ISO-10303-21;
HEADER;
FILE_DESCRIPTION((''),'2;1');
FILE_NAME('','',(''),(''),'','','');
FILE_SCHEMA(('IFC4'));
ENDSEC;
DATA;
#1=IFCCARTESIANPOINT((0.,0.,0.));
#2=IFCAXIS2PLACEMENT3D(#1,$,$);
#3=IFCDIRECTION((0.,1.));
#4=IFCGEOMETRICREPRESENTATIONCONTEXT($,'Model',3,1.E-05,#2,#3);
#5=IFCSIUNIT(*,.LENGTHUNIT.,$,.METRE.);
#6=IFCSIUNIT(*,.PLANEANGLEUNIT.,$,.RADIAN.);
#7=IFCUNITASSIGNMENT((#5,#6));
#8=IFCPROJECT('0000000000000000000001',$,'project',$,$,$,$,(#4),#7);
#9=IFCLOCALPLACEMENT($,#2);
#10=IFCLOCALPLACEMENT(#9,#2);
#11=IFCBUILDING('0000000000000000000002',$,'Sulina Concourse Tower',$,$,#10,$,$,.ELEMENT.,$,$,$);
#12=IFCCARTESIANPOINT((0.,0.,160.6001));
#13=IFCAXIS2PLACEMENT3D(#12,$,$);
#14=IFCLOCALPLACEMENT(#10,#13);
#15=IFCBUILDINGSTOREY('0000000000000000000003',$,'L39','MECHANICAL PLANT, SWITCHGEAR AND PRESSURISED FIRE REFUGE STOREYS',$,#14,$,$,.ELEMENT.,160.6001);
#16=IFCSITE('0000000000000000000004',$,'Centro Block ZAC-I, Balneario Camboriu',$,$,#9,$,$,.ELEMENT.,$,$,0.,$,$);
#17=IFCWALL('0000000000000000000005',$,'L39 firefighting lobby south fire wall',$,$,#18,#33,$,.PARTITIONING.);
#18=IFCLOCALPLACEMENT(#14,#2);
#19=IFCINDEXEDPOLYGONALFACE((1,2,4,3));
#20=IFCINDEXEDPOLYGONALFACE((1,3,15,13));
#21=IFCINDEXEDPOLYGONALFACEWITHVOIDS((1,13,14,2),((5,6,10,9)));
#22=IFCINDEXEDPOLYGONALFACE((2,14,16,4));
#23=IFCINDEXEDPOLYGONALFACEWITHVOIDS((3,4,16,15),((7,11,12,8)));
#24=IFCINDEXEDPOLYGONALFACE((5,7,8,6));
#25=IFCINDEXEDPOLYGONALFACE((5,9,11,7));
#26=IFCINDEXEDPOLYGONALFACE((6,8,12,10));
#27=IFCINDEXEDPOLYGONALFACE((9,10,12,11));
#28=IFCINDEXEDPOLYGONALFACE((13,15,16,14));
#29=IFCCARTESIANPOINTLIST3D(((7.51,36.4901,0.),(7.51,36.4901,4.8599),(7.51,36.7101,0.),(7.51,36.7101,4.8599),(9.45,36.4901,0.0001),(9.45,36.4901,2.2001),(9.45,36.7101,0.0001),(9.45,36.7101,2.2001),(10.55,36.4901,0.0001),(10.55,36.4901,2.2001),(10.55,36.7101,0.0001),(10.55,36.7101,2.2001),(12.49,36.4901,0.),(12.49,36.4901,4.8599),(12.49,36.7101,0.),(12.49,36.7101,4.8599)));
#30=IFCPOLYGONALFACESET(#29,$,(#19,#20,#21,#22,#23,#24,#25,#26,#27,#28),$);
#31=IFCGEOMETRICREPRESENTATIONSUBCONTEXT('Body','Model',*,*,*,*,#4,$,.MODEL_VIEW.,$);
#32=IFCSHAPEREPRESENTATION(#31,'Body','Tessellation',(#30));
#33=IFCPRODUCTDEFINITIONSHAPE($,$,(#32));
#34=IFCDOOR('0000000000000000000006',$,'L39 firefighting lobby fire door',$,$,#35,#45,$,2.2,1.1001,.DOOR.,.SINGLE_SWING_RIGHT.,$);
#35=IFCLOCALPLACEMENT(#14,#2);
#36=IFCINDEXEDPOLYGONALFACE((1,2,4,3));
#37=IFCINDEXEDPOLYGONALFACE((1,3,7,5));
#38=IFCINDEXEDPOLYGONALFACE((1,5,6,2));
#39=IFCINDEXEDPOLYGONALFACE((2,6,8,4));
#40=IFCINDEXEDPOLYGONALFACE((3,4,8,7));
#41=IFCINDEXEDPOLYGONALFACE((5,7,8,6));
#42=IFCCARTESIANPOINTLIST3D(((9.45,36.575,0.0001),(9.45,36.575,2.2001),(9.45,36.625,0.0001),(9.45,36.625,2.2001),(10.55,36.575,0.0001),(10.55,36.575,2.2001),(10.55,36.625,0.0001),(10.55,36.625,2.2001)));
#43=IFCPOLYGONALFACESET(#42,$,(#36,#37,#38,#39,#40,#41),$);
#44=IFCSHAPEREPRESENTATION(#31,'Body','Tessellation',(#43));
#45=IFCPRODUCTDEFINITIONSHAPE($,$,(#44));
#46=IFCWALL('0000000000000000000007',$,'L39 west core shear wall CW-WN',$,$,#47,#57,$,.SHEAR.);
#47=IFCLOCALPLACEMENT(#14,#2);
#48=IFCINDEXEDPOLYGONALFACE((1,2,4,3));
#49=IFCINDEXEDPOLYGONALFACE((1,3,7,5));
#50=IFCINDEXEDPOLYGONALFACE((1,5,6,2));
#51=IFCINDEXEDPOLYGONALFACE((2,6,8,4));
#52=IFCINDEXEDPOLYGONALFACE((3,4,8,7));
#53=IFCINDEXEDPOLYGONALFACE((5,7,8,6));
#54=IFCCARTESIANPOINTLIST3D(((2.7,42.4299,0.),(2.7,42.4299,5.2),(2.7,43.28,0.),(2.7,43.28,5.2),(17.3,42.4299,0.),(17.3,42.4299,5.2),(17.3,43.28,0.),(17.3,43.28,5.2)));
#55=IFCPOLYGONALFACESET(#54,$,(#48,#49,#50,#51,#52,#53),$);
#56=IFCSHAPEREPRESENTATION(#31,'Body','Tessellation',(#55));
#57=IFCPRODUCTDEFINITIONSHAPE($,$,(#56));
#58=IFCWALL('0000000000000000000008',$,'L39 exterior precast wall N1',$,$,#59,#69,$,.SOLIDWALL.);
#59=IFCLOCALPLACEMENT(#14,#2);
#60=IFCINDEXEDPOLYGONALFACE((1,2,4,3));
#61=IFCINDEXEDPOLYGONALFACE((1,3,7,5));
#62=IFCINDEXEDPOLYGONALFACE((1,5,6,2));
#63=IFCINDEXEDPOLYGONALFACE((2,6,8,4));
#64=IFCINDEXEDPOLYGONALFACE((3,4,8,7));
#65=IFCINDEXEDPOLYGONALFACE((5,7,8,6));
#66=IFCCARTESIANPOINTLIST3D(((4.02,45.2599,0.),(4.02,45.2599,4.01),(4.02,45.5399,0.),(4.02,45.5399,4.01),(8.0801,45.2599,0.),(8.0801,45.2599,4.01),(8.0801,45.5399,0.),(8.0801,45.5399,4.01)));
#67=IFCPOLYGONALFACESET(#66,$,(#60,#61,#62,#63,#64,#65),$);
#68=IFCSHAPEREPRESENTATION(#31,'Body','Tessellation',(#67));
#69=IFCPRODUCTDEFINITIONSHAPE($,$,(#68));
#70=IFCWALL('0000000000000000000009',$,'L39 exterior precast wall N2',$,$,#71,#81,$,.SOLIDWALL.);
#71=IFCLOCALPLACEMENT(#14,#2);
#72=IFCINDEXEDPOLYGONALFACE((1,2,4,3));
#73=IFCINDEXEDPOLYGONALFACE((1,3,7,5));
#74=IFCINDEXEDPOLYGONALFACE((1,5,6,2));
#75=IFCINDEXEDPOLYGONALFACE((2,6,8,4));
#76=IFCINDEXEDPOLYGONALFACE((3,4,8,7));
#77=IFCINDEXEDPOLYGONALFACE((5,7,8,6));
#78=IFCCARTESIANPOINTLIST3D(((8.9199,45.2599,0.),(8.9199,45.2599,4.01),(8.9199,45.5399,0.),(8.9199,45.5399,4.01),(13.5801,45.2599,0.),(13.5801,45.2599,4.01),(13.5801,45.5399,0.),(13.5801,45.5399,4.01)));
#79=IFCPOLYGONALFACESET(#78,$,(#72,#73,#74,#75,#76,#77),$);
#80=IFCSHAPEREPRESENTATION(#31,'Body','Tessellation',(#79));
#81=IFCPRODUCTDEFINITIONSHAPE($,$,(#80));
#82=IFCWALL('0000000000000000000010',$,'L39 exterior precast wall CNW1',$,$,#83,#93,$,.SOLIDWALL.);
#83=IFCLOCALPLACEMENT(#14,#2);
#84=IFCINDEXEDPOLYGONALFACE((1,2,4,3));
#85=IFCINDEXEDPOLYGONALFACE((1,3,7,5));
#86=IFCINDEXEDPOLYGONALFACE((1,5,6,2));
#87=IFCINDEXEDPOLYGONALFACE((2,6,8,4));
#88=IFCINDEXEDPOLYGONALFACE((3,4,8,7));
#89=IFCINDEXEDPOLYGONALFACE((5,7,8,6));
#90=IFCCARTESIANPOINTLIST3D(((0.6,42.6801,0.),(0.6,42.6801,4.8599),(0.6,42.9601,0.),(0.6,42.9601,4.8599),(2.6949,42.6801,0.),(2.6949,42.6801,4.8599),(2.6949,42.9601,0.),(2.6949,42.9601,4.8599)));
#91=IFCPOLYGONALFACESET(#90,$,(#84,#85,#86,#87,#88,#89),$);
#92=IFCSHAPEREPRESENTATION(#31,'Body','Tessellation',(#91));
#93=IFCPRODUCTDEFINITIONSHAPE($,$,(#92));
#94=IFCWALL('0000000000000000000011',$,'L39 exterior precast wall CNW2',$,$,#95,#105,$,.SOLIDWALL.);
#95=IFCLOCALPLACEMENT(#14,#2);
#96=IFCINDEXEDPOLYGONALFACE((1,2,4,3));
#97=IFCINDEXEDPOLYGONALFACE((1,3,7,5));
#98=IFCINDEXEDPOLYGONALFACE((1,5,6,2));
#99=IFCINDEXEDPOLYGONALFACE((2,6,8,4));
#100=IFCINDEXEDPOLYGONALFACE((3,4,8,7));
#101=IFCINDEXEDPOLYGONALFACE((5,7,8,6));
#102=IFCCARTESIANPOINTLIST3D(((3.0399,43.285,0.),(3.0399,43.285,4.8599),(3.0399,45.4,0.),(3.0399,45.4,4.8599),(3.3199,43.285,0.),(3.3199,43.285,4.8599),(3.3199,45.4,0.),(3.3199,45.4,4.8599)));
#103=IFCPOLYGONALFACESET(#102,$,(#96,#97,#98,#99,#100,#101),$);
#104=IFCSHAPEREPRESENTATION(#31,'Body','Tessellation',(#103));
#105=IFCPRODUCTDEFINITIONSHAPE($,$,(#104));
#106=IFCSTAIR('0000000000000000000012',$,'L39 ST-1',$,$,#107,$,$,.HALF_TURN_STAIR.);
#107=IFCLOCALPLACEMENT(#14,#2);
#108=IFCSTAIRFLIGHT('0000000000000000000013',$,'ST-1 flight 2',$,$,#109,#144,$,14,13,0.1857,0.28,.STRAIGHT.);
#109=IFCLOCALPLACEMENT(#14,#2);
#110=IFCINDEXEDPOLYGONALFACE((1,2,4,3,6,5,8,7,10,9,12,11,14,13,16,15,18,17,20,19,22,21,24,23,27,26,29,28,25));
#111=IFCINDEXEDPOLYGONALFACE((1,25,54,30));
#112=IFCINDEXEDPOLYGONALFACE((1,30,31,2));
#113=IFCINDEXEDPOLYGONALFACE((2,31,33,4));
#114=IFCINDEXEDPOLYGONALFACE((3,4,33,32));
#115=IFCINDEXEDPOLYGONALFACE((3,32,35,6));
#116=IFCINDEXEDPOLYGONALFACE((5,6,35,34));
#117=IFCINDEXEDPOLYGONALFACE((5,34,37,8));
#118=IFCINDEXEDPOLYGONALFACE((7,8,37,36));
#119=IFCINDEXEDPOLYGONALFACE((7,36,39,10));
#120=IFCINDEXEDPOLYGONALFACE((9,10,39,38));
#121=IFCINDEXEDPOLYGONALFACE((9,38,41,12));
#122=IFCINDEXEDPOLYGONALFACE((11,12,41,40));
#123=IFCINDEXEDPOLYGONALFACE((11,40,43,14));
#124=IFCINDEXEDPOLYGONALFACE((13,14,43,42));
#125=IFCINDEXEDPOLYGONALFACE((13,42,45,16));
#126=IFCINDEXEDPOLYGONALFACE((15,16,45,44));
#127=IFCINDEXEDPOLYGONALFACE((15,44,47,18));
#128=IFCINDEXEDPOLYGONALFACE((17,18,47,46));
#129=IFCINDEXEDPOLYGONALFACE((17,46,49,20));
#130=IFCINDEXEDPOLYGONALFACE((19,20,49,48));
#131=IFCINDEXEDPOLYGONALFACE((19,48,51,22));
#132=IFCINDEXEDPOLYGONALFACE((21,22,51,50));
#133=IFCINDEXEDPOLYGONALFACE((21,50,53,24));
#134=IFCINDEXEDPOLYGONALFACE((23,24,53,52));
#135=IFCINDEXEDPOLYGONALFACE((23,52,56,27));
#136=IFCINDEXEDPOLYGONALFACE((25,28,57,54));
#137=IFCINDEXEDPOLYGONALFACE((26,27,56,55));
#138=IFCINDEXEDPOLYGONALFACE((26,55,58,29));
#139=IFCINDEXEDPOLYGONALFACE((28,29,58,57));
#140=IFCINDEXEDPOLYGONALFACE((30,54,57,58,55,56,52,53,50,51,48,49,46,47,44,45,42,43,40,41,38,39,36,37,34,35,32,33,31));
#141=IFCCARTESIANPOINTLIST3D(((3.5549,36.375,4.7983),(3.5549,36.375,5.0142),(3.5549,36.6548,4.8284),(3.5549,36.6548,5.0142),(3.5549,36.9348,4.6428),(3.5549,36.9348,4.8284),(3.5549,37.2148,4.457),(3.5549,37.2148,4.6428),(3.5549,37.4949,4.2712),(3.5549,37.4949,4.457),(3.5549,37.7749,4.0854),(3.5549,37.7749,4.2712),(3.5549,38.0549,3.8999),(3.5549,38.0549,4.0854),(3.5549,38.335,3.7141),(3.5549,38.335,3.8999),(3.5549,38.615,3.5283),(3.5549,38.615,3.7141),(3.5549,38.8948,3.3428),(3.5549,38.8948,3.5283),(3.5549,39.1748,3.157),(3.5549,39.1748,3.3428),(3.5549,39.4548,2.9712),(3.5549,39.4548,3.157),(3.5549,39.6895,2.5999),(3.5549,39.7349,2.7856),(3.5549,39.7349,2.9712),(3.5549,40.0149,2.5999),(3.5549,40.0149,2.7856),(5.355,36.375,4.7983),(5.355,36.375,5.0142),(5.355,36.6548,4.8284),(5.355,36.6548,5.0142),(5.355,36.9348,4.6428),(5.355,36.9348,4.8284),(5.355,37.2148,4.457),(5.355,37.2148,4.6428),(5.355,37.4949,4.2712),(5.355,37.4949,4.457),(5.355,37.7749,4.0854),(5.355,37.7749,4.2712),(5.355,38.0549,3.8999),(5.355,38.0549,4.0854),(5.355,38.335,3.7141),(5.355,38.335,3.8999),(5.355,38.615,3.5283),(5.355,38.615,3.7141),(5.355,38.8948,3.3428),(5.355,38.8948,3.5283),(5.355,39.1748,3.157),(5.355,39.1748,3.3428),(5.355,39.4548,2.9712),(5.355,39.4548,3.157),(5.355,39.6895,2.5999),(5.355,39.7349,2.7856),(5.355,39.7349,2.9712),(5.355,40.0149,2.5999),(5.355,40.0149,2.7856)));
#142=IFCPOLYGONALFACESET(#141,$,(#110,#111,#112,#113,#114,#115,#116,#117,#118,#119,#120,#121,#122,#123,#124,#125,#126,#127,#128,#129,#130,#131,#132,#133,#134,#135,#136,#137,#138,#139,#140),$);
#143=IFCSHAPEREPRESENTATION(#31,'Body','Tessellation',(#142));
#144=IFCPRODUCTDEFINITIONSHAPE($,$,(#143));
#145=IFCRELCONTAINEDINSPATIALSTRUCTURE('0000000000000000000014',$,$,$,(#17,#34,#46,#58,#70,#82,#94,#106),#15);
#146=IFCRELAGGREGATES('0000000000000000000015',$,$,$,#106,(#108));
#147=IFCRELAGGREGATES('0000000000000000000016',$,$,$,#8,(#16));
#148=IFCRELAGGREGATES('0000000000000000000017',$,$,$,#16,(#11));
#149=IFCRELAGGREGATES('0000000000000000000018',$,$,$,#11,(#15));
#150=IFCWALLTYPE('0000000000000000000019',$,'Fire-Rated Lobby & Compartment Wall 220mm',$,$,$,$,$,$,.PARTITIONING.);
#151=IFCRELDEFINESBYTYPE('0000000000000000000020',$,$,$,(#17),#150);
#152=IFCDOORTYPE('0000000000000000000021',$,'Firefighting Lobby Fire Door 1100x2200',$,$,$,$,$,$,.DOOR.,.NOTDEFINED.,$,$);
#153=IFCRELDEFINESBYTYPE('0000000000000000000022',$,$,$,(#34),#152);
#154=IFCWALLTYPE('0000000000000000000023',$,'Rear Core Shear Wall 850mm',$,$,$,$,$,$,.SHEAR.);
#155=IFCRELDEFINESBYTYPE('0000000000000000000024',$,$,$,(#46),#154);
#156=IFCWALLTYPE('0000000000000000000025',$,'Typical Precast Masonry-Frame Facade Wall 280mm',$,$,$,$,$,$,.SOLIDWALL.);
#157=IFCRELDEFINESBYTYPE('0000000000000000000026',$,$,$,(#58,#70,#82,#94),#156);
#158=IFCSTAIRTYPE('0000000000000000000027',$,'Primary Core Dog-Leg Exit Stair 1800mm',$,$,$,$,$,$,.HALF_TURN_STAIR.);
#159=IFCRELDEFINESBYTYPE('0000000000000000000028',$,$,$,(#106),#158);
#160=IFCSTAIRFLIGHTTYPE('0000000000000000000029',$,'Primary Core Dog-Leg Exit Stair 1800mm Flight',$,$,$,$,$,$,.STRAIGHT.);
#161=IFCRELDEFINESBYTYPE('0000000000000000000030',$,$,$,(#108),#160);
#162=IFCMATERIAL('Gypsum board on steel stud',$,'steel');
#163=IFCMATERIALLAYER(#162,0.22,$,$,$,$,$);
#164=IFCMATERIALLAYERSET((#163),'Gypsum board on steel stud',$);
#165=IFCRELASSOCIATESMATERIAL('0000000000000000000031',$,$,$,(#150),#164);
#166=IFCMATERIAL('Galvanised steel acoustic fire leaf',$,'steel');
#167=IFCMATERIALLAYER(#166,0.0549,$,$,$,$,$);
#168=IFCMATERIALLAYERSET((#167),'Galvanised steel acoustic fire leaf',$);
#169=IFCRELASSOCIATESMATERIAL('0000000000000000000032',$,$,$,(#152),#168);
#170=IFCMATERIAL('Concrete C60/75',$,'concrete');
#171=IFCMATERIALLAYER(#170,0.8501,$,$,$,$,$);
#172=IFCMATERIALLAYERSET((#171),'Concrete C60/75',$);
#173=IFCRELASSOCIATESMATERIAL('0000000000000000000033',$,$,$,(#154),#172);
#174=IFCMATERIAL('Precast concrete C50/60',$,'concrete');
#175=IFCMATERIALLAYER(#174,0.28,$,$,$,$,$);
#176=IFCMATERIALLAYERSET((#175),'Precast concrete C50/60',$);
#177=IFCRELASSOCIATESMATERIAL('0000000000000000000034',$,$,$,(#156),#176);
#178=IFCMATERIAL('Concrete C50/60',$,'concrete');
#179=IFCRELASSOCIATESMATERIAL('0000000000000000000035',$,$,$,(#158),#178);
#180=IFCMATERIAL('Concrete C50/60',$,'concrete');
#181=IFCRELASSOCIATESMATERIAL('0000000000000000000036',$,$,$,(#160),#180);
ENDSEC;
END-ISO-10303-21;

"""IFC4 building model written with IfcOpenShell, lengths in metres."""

from ifc_helpers import new_model, si_unit, direction, frame, frame_2d, origin, place, context, subcontext, project, spatial, polyline, rectangle, outline, extrude, material, layer, layer_set, type_object, element, fill, aggregate, save


model = new_model("IFC4")

# Units and contexts
model_context = context("Model", 3, precision=1e-05, world=origin(), true_north=direction((0.0, 1.0)))
body_context = subcontext(model_context, "Body", "Model", "MODEL_VIEW")
ifc_project = project(units=[si_unit("LENGTHUNIT", "METRE"), si_unit("PLANEANGLEUNIT", "RADIAN")], contexts=[model_context])

# Site, building, storey
site_placement = place(None, origin())
site = spatial("IfcSite", under=ifc_project, at=site_placement, Name="Centro Block ZAC-I, Balneario Camboriu", CompositionType="ELEMENT", RefElevation=0.0)
building_placement = place(site_placement, origin())
building = spatial("IfcBuilding", under=site, at=building_placement, Name="Sulina Concourse Tower", CompositionType="ELEMENT")
storey_placement = place(building_placement, frame((0.0, 0.0, 160.6001)))
storey = spatial("IfcBuildingStorey", under=building, at=storey_placement, Name="L39", Description="MECHANICAL PLANT, SWITCHGEAR AND PRESSURISED FIRE REFUGE STOREYS", CompositionType="ELEMENT", Elevation=160.6001)

# Wall, opening, door
ifc_material_1 = material(Name="Gypsum board on steel stud", Category="steel")
ifc_layer_1 = layer(ifc_material_1, 0.22)
ifc_layer_set_1 = layer_set([ifc_layer_1], Name="Gypsum board on steel stud")
wall_type_1 = type_object("IfcWallType", Name="Fire-Rated Lobby & Compartment Wall 220mm", PredefinedType="PARTITIONING", material=ifc_layer_set_1)
wall_1_placement = place(storey_placement, frame((7.51, 36.6001, 0.0), z_axis=(0.0, 0.0, 1.0), x_axis=(1.0, 0.0, 0.0)))
wall_1 = element("IfcWall", 1, at=wall_1_placement, inside=storey, type_object=wall_type_1, Name="L39 firefighting lobby south fire wall", PredefinedType="PARTITIONING", context=body_context, shape_type="SweptSolid", body=[
    extrude(rectangle(XDim=4.98, YDim=0.22, at=frame_2d((2.49, 0.0))), origin(), (0.0, 0.0, 1.0), 4.8599),
])
opening_placement = place(wall_1_placement, frame((1.9399, 0.0, 0.0)))
opening = element("IfcOpeningElement", 2, at=opening_placement, cuts=wall_1, PredefinedType="OPENING", context=body_context, shape_type="SweptSolid", body=[
    extrude(rectangle(XDim=1.1001, YDim=2.2, at=frame_2d((0.55, 1.1001))), frame((0.0, 0.1199, 0.0), z_axis=(0.0, -1.0, 0.0), x_axis=(1.0, 0.0, 0.0)), (0.0, 0.0, 1.0), 0.24),
])
ifc_material_2 = material(Name="Galvanised steel acoustic fire leaf", Category="steel")
ifc_layer_2 = layer(ifc_material_2, 0.0549)
ifc_layer_set_2 = layer_set([ifc_layer_2], Name="Galvanised steel acoustic fire leaf")
door_type = type_object("IfcDoorType", Name="Firefighting Lobby Fire Door 1100x2200", OperationType="NOTDEFINED", PredefinedType="DOOR", material=ifc_layer_set_2)
door_placement = place(opening_placement, origin())
door = element("IfcDoor", 3, at=door_placement, inside=storey, type_object=door_type, Name="L39 firefighting lobby fire door", OperationType="SINGLE_SWING_RIGHT", OverallHeight=2.2, OverallWidth=1.1001, PredefinedType="DOOR", context=body_context, shape_type="SweptSolid", body=[
    extrude(rectangle(XDim=1.1001, YDim=2.2, at=frame_2d((0.55, 1.1001))), frame((0.0, 0.0249, 0.0), z_axis=(0.0, -1.0, 0.0), x_axis=(1.0, 0.0, 0.0)), (0.0, 0.0, 1.0), 0.05),
])
fill(opening, door)

# Walls
ifc_material_3 = material(Name="Concrete C60/75", Category="concrete")
ifc_layer_3 = layer(ifc_material_3, 0.8501)
ifc_layer_set_3 = layer_set([ifc_layer_3], Name="Concrete C60/75")
wall_type_2 = type_object("IfcWallType", Name="Rear Core Shear Wall 850mm", PredefinedType="SHEAR", material=ifc_layer_set_3)
wall_2_placement = place(storey_placement, frame((2.7, 42.855, 0.0), z_axis=(0.0, 0.0, 1.0), x_axis=(1.0, 0.0, 0.0)))
element("IfcWall", 4, at=wall_2_placement, inside=storey, type_object=wall_type_2, Name="L39 west core shear wall CW-WN", PredefinedType="SHEAR", context=body_context, shape_type="SweptSolid", body=[
    extrude(rectangle(XDim=14.6001, YDim=0.8501, at=frame_2d((7.3, 0.0))), origin(), (0.0, 0.0, 1.0), 5.2),
])
ifc_material_4 = material(Name="Precast concrete C50/60", Category="concrete")
ifc_layer_4 = layer(ifc_material_4, 0.28)
ifc_layer_set_4 = layer_set([ifc_layer_4], Name="Precast concrete C50/60")
wall_type_3 = type_object("IfcWallType", Name="Typical Precast Masonry-Frame Facade Wall 280mm", PredefinedType="SOLIDWALL", material=ifc_layer_set_4)
wall_3_placement = place(storey_placement, frame((4.02, 45.3999, 0.0), z_axis=(0.0, 0.0, 1.0), x_axis=(1.0, 0.0, 0.0)))
element("IfcWall", 5, at=wall_3_placement, inside=storey, type_object=wall_type_3, Name="L39 exterior precast wall N1", PredefinedType="SOLIDWALL", context=body_context, shape_type="SweptSolid", body=[
    extrude(rectangle(XDim=4.0601, YDim=0.28, at=frame_2d((2.03, 0.0))), origin(), (0.0, 0.0, 1.0), 4.01),
])
wall_4_placement = place(storey_placement, frame((8.9199, 45.3999, 0.0), z_axis=(0.0, 0.0, 1.0), x_axis=(1.0, 0.0, 0.0)))
element("IfcWall", 6, at=wall_4_placement, inside=storey, type_object=wall_type_3, Name="L39 exterior precast wall N2", PredefinedType="SOLIDWALL", context=body_context, shape_type="SweptSolid", body=[
    extrude(rectangle(XDim=4.6602, YDim=0.28, at=frame_2d((2.3301, 0.0))), origin(), (0.0, 0.0, 1.0), 4.01),
])
wall_5_placement = place(storey_placement, frame((0.6001, 42.8201, 0.0), z_axis=(0.0, 0.0, 1.0), x_axis=(1.0, 0.0, 0.0)))
element("IfcWall", 7, at=wall_5_placement, inside=storey, type_object=wall_type_3, Name="L39 exterior precast wall CNW1", PredefinedType="SOLIDWALL", context=body_context, shape_type="SweptSolid", body=[
    extrude(rectangle(XDim=2.095, YDim=0.28, at=frame_2d((1.0474, 0.0))), origin(), (0.0, 0.0, 1.0), 4.8599),
])
wall_6_placement = place(storey_placement, frame((3.1799, 43.2849, 0.0), z_axis=(0.0, 0.0, 1.0), x_axis=(0.0, 1.0, 0.0)))
element("IfcWall", 8, at=wall_6_placement, inside=storey, type_object=wall_type_3, Name="L39 exterior precast wall CNW2", PredefinedType="SOLIDWALL", context=body_context, shape_type="SweptSolid", body=[
    extrude(rectangle(XDim=2.115, YDim=0.28, at=frame_2d((1.0576, 0.0))), origin(), (0.0, 0.0, 1.0), 4.8599),
])

# Stair, stair flight
ifc_material_5 = material(Name="Concrete C50/60", Category="concrete")
stair_type = type_object("IfcStairType", Name="Primary Core Dog-Leg Exit Stair 1800mm", PredefinedType="HALF_TURN_STAIR", material=ifc_material_5)
stair_placement = place(storey_placement, origin())
stair = element("IfcStair", 9, at=stair_placement, inside=storey, type_object=stair_type, Name="L39 ST-1", PredefinedType="HALF_TURN_STAIR")
ifc_material_6 = material(Name="Concrete C50/60", Category="concrete")
stair_flight_type = type_object("IfcStairFlightType", Name="Primary Core Dog-Leg Exit Stair 1800mm Flight", PredefinedType="STRAIGHT", material=ifc_material_6)
stair_flight_placement = place(storey_placement, frame((4.4551, 40.0149, 2.5999), z_axis=(0.0, 0.0, 1.0), x_axis=(0.0, -1.0, 0.0)))
stair_flight = element("IfcStairFlight", 10, at=stair_flight_placement, type_object=stair_flight_type, Name="ST-1 flight 2", NumberOfRisers=14, NumberOfTreads=13, PredefinedType="STRAIGHT", RiserHeight=0.1857, TreadLength=0.28, context=body_context, shape_type="SweptSolid", body=[
    extrude(outline(polyline([(0.0, 0.0), (0.0, 0.1858), (0.28, 0.1858), (0.28, 0.3713), (0.5601, 0.3713), (0.5601, 0.5571), (0.8401, 0.5571), (0.8401, 0.7429), (1.1201, 0.7429), (1.1201, 0.9285), (1.3999, 0.9285), (1.3999, 1.1143), (1.6799, 1.1143), (1.6799, 1.3), (1.96, 1.3), (1.96, 1.4856), (2.24, 1.4856), (2.24, 1.6714), (2.52, 1.6714), (2.52, 1.8572), (2.8, 1.8572), (2.8, 2.043), (3.0801, 2.043), (3.0801, 2.2285), (3.3601, 2.2285), (3.3601, 2.4143), (3.6399, 2.4143), (3.6399, 2.6001), (3.6399, 2.1985), (0.3254, 0.0), (0.0, 0.0)])), frame((0.0, 0.8999, 0.0), z_axis=(0.0, -1.0, 0.0), x_axis=(1.0, 0.0, 0.0)), (0.0, 0.0, 1.0), 1.8),
])
aggregate(stair, [stair_flight])

save(model, "model.ifc")
